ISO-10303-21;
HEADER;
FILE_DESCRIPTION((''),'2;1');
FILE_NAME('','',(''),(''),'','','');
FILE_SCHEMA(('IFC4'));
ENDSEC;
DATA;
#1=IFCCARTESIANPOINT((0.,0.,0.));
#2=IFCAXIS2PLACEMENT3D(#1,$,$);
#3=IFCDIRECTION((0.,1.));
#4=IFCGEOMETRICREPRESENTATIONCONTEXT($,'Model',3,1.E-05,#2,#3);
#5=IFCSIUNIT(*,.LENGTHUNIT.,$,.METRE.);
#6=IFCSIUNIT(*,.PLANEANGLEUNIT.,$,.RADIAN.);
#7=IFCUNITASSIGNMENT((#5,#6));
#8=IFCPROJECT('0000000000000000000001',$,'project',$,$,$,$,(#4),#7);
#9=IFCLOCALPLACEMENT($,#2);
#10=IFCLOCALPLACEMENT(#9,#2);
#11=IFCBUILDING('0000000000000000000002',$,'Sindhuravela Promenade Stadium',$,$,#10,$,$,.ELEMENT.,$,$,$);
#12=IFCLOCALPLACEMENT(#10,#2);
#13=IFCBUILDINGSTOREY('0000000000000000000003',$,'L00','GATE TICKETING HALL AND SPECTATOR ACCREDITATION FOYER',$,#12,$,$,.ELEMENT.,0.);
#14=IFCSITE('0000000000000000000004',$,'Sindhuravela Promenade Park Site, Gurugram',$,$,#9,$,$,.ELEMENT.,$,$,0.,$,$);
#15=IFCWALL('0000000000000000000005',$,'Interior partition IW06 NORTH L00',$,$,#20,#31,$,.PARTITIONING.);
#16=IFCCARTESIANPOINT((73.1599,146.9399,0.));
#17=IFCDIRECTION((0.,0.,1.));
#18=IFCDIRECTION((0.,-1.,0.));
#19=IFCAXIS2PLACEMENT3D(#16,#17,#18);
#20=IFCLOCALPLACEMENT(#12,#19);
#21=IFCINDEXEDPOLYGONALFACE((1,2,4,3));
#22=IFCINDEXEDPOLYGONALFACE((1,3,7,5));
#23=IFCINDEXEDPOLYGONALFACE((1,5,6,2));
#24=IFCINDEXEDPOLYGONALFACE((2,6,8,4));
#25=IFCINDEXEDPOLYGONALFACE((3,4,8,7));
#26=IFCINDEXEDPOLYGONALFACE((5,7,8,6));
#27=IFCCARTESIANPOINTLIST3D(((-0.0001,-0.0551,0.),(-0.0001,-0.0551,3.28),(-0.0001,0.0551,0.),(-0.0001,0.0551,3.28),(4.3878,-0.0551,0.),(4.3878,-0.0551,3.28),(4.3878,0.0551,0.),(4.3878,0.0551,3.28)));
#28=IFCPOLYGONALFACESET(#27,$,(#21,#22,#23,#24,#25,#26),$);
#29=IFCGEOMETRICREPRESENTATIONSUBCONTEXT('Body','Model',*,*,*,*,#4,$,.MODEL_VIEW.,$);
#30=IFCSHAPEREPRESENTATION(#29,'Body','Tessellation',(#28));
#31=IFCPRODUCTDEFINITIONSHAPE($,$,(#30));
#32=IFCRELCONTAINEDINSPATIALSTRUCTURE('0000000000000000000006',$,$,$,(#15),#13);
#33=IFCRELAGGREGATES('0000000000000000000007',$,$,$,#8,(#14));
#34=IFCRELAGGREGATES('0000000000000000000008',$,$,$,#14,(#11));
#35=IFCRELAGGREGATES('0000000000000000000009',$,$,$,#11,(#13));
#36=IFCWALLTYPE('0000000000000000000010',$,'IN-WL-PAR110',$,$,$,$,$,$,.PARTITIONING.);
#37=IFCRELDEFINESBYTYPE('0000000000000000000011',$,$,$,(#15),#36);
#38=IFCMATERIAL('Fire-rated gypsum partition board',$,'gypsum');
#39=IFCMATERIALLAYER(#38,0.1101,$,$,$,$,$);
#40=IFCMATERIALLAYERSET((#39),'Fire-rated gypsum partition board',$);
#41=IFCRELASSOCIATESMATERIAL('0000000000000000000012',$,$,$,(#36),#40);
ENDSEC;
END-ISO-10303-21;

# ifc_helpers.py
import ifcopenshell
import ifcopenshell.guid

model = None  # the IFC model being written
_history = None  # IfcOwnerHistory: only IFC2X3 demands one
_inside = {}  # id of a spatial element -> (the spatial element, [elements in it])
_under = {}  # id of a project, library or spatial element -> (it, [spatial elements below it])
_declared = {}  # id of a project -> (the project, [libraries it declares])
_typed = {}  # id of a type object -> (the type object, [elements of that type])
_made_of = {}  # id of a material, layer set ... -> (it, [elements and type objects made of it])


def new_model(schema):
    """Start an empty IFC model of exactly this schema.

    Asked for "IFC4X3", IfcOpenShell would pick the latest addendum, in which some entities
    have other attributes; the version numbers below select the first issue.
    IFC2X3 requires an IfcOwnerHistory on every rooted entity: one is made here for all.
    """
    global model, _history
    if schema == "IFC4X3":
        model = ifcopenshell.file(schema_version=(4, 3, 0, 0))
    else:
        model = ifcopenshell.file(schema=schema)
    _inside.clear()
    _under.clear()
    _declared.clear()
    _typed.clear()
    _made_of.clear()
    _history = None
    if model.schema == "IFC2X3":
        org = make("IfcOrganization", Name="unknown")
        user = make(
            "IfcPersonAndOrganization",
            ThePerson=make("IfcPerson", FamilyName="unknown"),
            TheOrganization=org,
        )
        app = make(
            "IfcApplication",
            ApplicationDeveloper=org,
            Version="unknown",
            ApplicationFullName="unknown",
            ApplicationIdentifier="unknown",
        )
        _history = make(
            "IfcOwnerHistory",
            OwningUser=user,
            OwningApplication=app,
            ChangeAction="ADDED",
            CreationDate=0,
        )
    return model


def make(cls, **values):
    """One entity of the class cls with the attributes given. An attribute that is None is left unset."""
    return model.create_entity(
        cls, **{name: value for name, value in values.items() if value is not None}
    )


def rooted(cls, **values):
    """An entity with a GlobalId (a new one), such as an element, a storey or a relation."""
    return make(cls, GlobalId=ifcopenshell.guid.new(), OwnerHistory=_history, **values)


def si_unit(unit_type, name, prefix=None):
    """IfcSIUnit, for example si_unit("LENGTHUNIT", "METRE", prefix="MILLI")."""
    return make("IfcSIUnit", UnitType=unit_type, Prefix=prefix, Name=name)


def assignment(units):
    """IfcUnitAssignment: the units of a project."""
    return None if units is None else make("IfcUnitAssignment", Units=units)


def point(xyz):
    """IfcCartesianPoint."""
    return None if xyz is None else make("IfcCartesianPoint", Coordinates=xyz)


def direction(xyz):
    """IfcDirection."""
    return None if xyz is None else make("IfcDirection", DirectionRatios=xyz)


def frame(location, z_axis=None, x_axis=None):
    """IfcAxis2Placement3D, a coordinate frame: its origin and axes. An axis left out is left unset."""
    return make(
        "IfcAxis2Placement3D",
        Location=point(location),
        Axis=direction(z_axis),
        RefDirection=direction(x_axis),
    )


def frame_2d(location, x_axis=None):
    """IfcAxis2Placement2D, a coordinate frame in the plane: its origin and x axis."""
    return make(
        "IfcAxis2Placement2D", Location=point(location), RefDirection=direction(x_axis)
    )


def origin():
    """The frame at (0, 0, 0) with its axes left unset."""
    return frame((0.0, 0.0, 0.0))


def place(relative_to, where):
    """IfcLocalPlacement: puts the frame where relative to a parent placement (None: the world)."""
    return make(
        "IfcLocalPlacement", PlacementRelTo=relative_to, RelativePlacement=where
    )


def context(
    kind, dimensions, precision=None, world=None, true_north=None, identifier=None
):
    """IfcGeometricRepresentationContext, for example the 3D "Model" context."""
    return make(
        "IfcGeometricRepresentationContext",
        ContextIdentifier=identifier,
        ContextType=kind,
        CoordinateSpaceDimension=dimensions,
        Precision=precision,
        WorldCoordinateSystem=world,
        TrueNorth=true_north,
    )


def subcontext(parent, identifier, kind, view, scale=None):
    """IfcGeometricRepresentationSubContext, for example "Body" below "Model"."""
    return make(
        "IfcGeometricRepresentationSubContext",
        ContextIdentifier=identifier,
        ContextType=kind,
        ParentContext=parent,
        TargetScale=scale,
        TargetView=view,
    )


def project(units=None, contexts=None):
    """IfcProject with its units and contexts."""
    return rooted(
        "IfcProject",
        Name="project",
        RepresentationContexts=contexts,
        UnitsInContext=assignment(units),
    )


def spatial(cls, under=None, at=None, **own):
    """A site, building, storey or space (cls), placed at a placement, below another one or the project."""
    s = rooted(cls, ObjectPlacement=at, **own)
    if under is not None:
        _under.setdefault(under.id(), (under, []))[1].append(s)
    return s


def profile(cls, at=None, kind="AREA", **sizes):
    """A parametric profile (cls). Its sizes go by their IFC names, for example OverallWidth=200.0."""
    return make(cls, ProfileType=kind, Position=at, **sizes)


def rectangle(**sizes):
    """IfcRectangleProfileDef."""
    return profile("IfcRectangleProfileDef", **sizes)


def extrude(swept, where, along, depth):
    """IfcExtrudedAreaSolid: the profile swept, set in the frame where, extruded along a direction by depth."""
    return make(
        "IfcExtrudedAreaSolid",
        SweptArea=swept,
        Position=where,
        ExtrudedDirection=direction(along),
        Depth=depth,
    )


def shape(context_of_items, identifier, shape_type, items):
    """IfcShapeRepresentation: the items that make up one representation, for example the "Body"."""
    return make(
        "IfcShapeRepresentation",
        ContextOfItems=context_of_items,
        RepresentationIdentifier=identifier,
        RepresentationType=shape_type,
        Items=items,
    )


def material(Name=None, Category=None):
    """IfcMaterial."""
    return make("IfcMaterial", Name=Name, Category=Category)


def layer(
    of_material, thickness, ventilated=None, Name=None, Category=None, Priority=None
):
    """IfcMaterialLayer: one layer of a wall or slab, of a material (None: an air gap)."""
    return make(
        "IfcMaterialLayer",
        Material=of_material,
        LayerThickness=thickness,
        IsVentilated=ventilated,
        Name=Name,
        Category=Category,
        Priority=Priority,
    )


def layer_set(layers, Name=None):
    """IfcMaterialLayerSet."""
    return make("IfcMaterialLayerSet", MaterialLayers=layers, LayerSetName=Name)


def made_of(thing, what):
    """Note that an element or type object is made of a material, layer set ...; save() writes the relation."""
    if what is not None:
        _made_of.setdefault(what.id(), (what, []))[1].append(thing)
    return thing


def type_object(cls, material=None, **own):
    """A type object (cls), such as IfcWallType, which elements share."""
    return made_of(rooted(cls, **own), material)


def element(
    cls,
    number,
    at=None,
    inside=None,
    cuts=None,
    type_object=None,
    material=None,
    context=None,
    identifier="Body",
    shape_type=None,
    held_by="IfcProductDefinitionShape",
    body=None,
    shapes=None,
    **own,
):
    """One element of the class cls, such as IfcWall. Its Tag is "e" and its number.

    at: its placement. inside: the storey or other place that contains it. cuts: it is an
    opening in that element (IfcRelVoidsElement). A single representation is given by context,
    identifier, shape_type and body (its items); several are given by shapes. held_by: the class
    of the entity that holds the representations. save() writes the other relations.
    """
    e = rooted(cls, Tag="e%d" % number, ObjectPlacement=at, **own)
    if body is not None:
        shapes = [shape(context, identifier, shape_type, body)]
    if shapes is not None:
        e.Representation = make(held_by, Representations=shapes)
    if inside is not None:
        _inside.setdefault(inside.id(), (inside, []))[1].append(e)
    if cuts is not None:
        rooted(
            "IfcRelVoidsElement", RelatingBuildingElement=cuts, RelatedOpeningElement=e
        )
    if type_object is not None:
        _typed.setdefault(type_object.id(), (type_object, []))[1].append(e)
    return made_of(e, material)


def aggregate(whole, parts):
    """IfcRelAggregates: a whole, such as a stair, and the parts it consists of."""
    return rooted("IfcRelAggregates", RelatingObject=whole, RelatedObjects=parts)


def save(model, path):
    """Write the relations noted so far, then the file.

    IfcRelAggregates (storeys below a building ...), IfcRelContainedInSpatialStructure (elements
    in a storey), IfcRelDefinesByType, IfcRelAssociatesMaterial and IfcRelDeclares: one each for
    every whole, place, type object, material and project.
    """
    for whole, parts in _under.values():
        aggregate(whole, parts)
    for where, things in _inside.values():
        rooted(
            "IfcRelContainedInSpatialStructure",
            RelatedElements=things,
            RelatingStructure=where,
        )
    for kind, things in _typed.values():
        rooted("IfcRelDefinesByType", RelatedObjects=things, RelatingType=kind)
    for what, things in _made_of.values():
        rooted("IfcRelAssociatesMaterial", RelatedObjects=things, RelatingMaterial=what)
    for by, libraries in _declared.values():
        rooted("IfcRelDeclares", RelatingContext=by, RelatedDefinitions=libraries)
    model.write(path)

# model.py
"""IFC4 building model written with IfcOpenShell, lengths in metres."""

from ifc_helpers import new_model, si_unit, direction, frame, frame_2d, origin, place, context, subcontext, project, spatial, rectangle, extrude, material, layer, layer_set, type_object, element, save


model = new_model("IFC4")

# Units and contexts
model_context = context("Model", 3, precision=1e-05, world=origin(), true_north=direction((0.0, 1.0)))
body_context = subcontext(model_context, "Body", "Model", "MODEL_VIEW")
ifc_project = project(units=[si_unit("LENGTHUNIT", "METRE"), si_unit("PLANEANGLEUNIT", "RADIAN")], contexts=[model_context])

# Site, building, storey
site_placement = place(None, origin())
site = spatial("IfcSite", under=ifc_project, at=site_placement, Name="Sindhuravela Promenade Park Site, Gurugram", CompositionType="ELEMENT", RefElevation=0.0)
building_placement = place(site_placement, origin())
building = spatial("IfcBuilding", under=site, at=building_placement, Name="Sindhuravela Promenade Stadium", CompositionType="ELEMENT")
storey_placement = place(building_placement, origin())
storey = spatial("IfcBuildingStorey", under=building, at=storey_placement, Name="L00", Description="GATE TICKETING HALL AND SPECTATOR ACCREDITATION FOYER", CompositionType="ELEMENT", Elevation=0.0)

# Wall
ifc_material_1 = material(Name="Fire-rated gypsum partition board", Category="gypsum")
ifc_layer_1 = layer(ifc_material_1, 0.1101)
ifc_layer_set_1 = layer_set([ifc_layer_1], Name="Fire-rated gypsum partition board")
wall_type_1 = type_object("IfcWallType", Name="IN-WL-PAR110", PredefinedType="PARTITIONING", material=ifc_layer_set_1)
wall_1_placement = place(storey_placement, frame((73.1599, 146.9399, 0.0), z_axis=(0.0, 0.0, 1.0), x_axis=(0.0, -1.0, 0.0)))
element("IfcWall", 1, at=wall_1_placement, inside=storey, type_object=wall_type_1, Name="Interior partition IW06 NORTH L00", PredefinedType="PARTITIONING", context=body_context, shape_type="SweptSolid", body=[
    extrude(rectangle(XDim=4.3879, YDim=0.1101, at=frame_2d((2.1938, 0.0))), origin(), (0.0, 0.0, 1.0), 3.28),
])

save(model, "model.ifc")
